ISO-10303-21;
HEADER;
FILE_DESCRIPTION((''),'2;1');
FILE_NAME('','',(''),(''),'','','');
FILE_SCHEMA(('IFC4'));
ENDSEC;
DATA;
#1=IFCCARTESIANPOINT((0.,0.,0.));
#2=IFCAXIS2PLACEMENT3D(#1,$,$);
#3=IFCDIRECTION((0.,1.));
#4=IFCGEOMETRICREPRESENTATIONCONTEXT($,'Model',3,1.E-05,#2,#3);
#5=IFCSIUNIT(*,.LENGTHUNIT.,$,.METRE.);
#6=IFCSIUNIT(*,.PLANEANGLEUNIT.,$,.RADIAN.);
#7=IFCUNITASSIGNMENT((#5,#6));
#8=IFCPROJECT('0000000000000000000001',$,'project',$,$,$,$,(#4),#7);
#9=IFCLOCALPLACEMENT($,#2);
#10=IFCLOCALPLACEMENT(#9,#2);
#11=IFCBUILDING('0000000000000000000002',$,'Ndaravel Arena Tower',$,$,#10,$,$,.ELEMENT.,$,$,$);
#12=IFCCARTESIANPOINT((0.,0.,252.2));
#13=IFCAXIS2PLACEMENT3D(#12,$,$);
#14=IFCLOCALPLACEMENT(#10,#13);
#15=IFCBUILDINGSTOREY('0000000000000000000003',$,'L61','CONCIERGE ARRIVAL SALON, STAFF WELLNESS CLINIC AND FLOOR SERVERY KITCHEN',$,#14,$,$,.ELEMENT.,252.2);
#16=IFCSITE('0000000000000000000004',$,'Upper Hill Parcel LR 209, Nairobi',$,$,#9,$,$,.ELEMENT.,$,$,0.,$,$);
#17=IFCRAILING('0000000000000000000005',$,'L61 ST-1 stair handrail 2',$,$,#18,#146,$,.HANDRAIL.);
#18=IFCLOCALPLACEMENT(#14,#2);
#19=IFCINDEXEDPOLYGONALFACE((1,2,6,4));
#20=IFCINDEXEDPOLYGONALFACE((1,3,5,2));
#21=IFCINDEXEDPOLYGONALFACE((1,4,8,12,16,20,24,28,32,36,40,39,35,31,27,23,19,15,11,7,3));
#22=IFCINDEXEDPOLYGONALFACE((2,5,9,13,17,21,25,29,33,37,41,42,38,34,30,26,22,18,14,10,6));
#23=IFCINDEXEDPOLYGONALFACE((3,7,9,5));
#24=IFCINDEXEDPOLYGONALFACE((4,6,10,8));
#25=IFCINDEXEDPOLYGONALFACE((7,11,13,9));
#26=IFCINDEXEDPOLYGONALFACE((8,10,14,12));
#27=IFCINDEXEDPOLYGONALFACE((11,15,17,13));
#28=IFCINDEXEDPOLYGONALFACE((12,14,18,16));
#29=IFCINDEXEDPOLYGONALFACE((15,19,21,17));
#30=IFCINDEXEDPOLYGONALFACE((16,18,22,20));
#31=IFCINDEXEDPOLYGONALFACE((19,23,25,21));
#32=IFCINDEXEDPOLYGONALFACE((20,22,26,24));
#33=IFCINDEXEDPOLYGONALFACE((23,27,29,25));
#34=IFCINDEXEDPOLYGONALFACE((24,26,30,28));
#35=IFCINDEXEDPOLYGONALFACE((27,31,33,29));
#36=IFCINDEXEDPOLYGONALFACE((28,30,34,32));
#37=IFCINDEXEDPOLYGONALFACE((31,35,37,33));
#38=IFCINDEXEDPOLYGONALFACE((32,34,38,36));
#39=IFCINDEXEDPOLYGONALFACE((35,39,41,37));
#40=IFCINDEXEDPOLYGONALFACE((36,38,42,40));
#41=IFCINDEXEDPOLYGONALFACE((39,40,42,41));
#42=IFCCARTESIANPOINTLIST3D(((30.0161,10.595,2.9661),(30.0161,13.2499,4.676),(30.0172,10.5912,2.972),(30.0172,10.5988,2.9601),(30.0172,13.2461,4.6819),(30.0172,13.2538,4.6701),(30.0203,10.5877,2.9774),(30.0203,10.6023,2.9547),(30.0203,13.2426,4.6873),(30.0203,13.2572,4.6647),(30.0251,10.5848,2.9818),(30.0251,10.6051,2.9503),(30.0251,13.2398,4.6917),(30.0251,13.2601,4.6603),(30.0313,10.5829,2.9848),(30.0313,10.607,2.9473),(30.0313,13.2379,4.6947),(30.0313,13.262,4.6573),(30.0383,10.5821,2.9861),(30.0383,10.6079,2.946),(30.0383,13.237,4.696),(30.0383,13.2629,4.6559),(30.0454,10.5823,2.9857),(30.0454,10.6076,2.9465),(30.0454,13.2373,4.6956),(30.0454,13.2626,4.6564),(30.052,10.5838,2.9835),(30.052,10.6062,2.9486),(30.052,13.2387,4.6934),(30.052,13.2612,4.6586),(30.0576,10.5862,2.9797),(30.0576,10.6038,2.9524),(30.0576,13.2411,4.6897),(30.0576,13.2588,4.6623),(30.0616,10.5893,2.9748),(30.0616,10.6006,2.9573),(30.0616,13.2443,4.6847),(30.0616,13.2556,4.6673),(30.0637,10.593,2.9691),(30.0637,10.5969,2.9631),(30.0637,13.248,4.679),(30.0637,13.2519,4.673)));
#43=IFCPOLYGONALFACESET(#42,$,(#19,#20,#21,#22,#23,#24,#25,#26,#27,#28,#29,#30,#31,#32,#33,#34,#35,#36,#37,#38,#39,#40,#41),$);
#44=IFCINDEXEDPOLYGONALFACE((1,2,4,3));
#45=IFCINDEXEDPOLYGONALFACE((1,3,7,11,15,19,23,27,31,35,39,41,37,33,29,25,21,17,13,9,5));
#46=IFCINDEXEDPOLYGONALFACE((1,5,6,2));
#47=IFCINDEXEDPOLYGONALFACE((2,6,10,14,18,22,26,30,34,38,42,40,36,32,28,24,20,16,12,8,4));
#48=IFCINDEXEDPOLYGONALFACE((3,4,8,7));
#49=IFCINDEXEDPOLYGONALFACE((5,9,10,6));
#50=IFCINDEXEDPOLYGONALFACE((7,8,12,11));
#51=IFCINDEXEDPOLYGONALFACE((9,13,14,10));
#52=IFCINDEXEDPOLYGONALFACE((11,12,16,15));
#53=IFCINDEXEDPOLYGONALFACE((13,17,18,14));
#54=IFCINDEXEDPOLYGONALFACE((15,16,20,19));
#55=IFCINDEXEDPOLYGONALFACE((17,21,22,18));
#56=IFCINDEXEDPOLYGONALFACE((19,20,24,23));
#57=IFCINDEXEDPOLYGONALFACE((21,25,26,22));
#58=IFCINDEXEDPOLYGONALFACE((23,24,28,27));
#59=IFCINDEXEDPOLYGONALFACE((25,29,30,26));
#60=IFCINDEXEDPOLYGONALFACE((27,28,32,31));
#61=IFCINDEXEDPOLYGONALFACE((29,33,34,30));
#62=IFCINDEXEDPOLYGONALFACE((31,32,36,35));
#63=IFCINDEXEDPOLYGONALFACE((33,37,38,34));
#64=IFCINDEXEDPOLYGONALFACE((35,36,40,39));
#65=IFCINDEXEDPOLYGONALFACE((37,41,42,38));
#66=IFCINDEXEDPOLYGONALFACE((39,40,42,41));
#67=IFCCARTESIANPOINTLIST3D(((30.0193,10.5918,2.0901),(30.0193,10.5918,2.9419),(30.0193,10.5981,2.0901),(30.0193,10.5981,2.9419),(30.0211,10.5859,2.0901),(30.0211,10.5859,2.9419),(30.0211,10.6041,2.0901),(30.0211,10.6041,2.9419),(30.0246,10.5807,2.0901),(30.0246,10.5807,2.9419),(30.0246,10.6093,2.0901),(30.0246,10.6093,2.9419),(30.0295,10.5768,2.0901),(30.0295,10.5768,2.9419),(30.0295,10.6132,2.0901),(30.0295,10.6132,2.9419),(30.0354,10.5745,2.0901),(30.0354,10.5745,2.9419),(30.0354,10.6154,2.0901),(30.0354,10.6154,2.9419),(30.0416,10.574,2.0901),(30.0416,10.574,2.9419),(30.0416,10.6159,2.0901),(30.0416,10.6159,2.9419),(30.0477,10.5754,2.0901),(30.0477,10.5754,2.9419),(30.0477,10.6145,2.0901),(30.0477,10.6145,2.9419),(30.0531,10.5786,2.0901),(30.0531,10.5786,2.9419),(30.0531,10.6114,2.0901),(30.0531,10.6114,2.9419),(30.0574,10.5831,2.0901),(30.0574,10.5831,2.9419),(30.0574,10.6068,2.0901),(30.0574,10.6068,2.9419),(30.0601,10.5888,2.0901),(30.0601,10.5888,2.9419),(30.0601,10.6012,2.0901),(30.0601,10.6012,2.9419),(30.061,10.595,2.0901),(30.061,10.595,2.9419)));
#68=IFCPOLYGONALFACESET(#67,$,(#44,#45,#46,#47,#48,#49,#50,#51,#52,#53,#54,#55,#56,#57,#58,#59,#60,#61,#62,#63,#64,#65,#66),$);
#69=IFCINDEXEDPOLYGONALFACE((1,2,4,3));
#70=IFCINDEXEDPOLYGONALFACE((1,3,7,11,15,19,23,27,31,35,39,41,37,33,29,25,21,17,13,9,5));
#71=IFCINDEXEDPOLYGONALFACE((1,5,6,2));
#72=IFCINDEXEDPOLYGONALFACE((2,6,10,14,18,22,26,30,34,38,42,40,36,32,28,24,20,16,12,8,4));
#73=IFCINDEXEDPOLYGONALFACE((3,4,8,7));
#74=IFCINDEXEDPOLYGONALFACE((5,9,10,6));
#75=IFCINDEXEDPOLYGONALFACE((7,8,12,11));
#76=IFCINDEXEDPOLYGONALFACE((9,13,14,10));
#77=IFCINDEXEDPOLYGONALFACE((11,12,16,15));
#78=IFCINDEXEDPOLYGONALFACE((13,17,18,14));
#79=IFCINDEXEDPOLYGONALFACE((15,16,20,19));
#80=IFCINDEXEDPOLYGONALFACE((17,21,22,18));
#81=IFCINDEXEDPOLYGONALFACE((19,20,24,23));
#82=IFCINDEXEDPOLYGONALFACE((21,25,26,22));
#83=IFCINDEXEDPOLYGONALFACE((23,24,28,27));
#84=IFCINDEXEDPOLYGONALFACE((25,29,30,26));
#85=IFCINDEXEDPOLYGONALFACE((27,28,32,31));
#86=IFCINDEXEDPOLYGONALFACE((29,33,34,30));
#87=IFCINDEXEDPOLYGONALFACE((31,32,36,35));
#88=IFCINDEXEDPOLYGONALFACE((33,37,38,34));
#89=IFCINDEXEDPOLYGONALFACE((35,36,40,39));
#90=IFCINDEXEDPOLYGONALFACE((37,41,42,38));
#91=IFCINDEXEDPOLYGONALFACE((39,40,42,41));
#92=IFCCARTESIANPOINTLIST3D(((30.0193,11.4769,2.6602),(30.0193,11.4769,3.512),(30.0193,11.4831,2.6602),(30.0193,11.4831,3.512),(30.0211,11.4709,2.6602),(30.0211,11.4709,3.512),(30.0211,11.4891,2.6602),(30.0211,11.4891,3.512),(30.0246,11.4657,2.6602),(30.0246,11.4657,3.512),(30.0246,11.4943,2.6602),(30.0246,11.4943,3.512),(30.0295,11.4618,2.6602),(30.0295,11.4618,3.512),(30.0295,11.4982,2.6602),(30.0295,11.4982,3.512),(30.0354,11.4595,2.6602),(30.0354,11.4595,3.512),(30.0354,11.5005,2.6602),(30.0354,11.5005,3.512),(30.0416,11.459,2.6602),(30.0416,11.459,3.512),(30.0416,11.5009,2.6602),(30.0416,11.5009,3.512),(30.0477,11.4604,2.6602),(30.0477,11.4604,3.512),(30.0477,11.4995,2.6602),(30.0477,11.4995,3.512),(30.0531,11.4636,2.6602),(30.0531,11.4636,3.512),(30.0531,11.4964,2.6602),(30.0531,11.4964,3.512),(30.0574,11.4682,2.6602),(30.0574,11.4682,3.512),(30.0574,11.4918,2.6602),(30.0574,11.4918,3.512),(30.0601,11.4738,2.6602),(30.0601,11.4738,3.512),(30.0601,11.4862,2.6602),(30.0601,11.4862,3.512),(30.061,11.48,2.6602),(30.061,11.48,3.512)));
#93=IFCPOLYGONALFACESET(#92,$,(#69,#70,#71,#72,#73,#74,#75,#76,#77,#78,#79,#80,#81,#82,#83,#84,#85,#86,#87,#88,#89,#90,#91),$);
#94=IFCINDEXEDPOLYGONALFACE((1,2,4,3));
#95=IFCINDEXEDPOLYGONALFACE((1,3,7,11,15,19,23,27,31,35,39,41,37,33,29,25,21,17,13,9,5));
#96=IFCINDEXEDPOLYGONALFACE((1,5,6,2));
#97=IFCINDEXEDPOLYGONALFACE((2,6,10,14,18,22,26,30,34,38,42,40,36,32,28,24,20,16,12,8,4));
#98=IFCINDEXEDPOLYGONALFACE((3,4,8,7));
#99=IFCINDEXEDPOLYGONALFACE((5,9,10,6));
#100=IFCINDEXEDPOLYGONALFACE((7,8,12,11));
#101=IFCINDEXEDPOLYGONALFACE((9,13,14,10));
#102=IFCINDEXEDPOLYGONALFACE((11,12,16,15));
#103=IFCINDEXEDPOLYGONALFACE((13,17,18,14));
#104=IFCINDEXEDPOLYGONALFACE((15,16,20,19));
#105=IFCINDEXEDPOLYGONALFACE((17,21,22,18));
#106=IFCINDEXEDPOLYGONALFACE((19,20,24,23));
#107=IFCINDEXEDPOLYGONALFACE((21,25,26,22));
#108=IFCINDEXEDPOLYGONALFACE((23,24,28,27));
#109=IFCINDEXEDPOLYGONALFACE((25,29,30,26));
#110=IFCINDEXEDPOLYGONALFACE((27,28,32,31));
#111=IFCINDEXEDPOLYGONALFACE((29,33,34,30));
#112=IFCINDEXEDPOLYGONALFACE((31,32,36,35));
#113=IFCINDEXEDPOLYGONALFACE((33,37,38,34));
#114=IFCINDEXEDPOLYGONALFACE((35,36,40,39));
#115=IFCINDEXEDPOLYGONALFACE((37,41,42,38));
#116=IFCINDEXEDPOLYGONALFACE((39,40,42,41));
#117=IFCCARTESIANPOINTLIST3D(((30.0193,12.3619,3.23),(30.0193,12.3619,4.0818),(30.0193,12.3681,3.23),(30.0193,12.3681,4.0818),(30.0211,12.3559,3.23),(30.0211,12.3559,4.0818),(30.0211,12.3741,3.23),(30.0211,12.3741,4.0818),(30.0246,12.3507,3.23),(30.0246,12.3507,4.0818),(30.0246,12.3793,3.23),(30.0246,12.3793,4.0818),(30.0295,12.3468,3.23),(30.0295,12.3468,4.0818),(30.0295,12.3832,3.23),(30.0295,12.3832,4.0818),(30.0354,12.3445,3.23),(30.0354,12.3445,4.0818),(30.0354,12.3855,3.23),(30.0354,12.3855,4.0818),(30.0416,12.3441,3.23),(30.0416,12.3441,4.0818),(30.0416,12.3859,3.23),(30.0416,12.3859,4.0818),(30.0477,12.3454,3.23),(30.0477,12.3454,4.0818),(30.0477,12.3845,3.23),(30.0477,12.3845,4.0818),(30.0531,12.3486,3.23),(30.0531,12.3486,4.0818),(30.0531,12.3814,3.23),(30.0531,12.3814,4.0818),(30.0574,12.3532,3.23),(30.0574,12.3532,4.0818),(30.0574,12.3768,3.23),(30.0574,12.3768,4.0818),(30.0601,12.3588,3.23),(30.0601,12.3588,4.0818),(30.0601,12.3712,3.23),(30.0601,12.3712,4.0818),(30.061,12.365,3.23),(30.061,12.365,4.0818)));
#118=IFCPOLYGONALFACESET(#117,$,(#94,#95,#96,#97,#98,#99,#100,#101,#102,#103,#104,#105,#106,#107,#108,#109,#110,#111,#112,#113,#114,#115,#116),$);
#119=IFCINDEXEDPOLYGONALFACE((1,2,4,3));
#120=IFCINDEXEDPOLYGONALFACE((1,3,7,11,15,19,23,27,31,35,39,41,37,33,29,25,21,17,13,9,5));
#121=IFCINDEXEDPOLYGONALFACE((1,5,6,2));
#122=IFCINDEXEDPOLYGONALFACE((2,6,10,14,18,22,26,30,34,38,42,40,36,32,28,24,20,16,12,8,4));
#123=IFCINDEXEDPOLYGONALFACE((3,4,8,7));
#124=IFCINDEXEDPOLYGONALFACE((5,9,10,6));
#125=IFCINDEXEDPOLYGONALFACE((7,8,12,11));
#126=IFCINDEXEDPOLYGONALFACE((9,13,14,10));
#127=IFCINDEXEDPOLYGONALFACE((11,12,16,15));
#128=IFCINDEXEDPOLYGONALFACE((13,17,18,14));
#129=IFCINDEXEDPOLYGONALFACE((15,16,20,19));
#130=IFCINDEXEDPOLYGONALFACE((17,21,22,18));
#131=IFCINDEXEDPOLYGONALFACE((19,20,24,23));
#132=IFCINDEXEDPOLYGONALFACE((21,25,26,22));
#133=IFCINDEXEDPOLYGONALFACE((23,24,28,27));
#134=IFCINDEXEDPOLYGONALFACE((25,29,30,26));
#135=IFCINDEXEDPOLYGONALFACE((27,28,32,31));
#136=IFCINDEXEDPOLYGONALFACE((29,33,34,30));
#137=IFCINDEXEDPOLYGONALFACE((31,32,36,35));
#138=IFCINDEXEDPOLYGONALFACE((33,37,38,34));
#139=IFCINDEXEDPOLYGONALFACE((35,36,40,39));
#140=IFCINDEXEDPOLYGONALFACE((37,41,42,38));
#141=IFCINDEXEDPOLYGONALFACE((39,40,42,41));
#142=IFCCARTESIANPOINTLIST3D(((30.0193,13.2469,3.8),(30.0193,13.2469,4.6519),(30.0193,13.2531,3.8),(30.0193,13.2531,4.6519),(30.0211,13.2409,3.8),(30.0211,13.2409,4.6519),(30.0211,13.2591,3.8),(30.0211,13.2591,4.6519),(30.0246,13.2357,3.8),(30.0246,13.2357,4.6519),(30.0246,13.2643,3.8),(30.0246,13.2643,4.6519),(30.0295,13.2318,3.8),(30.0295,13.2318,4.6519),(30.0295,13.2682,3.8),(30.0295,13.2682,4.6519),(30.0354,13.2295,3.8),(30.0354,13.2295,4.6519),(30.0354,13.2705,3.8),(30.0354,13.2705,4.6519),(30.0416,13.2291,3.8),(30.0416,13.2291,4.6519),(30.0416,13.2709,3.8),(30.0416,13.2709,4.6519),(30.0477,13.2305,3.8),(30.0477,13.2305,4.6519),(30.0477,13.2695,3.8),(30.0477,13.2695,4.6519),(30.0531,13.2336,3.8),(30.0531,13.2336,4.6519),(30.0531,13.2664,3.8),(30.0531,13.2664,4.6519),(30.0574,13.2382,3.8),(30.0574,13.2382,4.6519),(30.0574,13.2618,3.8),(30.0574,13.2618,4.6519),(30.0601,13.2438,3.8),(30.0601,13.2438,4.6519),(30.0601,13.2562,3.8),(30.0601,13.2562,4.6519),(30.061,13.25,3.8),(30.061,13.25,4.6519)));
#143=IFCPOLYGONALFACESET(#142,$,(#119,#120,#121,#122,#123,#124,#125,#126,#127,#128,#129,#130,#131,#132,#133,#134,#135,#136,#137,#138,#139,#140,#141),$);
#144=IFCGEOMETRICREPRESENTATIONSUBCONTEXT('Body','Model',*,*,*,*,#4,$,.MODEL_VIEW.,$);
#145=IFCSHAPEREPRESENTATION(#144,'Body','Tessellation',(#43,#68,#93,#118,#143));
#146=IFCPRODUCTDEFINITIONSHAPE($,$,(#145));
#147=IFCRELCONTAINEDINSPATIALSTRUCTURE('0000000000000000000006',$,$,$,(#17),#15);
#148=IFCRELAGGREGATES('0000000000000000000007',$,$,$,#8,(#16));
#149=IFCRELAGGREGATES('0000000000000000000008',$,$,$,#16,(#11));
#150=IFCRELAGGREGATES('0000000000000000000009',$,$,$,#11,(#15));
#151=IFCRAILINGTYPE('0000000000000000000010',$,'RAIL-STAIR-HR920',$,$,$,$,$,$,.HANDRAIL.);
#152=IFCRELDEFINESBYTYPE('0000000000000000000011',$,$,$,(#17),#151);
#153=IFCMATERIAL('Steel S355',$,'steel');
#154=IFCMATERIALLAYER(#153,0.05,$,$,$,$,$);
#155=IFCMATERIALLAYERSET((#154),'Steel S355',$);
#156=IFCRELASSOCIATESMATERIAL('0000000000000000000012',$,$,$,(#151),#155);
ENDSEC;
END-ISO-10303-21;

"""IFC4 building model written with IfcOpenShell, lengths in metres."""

from ifc_helpers import new_model, si_unit, direction, frame, origin, origin_2d, place, context, subcontext, project, spatial, circle, extrude, material, layer, layer_set, type_object, element, save


model = new_model("IFC4")

# Units and contexts
model_context = context("Model", 3, precision=1e-05, world=origin(), true_north=direction((0.0, 1.0)))
body_context = subcontext(model_context, "Body", "Model", "MODEL_VIEW")
ifc_project = project(units=[si_unit("LENGTHUNIT", "METRE"), si_unit("PLANEANGLEUNIT", "RADIAN")], contexts=[model_context])

# Site, building, storey
site_placement = place(None, origin())
site = spatial("IfcSite", under=ifc_project, at=site_placement, Name="Upper Hill Parcel LR 209, Nairobi", CompositionType="ELEMENT", RefElevation=0.0)
building_placement = place(site_placement, origin())
building = spatial("IfcBuilding", under=site, at=building_placement, Name="Ndaravel Arena Tower", CompositionType="ELEMENT")
storey_placement = place(building_placement, frame((0.0, 0.0, 252.2)))
storey = spatial("IfcBuildingStorey", under=building, at=storey_placement, Name="L61", Description="CONCIERGE ARRIVAL SALON, STAFF WELLNESS CLINIC AND FLOOR SERVERY KITCHEN", CompositionType="ELEMENT", Elevation=252.2)

# Railing
ifc_material_1 = material(Name="Steel S355", Category="steel")
ifc_layer_1 = layer(ifc_material_1, 0.05)
ifc_layer_set_1 = layer_set([ifc_layer_1], Name="Steel S355")
railing_type_1 = type_object("IfcRailingType", Name="RAIL-STAIR-HR920", PredefinedType="HANDRAIL", material=ifc_layer_set_1)
railing_1_placement = place(storey_placement, frame((30.04, 10.595, 2.0901)))
element("IfcRailing", 1, at=railing_1_placement, inside=storey, type_object=railing_type_1, Name="L61 ST-1 stair handrail 2", PredefinedType="HANDRAIL", context=body_context, shape_type="SweptSolid", body=[
    extrude(circle(Radius=0.0239, at=origin_2d()), frame((0.0, 0.0, 0.876), z_axis=(0.0, 0.840724, 0.541465), x_axis=(-1.0, 0.0, 0.0)), (0.0, 0.0, 1.0), 3.158),
    extrude(circle(Radius=0.021, at=origin_2d()), origin(), (0.0, 0.0, 1.0), 0.8518),
    extrude(circle(Radius=0.021, at=origin_2d()), frame((0.0, 0.885, 0.5701)), (0.0, 0.0, 1.0), 0.8518),
    extrude(circle(Radius=0.021, at=origin_2d()), frame((0.0, 1.77, 1.1399)), (0.0, 0.0, 1.0), 0.8518),
    extrude(circle(Radius=0.021, at=origin_2d()), frame((0.0, 2.655, 1.71)), (0.0, 0.0, 1.0), 0.8518),
])

save(model, "model.ifc")
